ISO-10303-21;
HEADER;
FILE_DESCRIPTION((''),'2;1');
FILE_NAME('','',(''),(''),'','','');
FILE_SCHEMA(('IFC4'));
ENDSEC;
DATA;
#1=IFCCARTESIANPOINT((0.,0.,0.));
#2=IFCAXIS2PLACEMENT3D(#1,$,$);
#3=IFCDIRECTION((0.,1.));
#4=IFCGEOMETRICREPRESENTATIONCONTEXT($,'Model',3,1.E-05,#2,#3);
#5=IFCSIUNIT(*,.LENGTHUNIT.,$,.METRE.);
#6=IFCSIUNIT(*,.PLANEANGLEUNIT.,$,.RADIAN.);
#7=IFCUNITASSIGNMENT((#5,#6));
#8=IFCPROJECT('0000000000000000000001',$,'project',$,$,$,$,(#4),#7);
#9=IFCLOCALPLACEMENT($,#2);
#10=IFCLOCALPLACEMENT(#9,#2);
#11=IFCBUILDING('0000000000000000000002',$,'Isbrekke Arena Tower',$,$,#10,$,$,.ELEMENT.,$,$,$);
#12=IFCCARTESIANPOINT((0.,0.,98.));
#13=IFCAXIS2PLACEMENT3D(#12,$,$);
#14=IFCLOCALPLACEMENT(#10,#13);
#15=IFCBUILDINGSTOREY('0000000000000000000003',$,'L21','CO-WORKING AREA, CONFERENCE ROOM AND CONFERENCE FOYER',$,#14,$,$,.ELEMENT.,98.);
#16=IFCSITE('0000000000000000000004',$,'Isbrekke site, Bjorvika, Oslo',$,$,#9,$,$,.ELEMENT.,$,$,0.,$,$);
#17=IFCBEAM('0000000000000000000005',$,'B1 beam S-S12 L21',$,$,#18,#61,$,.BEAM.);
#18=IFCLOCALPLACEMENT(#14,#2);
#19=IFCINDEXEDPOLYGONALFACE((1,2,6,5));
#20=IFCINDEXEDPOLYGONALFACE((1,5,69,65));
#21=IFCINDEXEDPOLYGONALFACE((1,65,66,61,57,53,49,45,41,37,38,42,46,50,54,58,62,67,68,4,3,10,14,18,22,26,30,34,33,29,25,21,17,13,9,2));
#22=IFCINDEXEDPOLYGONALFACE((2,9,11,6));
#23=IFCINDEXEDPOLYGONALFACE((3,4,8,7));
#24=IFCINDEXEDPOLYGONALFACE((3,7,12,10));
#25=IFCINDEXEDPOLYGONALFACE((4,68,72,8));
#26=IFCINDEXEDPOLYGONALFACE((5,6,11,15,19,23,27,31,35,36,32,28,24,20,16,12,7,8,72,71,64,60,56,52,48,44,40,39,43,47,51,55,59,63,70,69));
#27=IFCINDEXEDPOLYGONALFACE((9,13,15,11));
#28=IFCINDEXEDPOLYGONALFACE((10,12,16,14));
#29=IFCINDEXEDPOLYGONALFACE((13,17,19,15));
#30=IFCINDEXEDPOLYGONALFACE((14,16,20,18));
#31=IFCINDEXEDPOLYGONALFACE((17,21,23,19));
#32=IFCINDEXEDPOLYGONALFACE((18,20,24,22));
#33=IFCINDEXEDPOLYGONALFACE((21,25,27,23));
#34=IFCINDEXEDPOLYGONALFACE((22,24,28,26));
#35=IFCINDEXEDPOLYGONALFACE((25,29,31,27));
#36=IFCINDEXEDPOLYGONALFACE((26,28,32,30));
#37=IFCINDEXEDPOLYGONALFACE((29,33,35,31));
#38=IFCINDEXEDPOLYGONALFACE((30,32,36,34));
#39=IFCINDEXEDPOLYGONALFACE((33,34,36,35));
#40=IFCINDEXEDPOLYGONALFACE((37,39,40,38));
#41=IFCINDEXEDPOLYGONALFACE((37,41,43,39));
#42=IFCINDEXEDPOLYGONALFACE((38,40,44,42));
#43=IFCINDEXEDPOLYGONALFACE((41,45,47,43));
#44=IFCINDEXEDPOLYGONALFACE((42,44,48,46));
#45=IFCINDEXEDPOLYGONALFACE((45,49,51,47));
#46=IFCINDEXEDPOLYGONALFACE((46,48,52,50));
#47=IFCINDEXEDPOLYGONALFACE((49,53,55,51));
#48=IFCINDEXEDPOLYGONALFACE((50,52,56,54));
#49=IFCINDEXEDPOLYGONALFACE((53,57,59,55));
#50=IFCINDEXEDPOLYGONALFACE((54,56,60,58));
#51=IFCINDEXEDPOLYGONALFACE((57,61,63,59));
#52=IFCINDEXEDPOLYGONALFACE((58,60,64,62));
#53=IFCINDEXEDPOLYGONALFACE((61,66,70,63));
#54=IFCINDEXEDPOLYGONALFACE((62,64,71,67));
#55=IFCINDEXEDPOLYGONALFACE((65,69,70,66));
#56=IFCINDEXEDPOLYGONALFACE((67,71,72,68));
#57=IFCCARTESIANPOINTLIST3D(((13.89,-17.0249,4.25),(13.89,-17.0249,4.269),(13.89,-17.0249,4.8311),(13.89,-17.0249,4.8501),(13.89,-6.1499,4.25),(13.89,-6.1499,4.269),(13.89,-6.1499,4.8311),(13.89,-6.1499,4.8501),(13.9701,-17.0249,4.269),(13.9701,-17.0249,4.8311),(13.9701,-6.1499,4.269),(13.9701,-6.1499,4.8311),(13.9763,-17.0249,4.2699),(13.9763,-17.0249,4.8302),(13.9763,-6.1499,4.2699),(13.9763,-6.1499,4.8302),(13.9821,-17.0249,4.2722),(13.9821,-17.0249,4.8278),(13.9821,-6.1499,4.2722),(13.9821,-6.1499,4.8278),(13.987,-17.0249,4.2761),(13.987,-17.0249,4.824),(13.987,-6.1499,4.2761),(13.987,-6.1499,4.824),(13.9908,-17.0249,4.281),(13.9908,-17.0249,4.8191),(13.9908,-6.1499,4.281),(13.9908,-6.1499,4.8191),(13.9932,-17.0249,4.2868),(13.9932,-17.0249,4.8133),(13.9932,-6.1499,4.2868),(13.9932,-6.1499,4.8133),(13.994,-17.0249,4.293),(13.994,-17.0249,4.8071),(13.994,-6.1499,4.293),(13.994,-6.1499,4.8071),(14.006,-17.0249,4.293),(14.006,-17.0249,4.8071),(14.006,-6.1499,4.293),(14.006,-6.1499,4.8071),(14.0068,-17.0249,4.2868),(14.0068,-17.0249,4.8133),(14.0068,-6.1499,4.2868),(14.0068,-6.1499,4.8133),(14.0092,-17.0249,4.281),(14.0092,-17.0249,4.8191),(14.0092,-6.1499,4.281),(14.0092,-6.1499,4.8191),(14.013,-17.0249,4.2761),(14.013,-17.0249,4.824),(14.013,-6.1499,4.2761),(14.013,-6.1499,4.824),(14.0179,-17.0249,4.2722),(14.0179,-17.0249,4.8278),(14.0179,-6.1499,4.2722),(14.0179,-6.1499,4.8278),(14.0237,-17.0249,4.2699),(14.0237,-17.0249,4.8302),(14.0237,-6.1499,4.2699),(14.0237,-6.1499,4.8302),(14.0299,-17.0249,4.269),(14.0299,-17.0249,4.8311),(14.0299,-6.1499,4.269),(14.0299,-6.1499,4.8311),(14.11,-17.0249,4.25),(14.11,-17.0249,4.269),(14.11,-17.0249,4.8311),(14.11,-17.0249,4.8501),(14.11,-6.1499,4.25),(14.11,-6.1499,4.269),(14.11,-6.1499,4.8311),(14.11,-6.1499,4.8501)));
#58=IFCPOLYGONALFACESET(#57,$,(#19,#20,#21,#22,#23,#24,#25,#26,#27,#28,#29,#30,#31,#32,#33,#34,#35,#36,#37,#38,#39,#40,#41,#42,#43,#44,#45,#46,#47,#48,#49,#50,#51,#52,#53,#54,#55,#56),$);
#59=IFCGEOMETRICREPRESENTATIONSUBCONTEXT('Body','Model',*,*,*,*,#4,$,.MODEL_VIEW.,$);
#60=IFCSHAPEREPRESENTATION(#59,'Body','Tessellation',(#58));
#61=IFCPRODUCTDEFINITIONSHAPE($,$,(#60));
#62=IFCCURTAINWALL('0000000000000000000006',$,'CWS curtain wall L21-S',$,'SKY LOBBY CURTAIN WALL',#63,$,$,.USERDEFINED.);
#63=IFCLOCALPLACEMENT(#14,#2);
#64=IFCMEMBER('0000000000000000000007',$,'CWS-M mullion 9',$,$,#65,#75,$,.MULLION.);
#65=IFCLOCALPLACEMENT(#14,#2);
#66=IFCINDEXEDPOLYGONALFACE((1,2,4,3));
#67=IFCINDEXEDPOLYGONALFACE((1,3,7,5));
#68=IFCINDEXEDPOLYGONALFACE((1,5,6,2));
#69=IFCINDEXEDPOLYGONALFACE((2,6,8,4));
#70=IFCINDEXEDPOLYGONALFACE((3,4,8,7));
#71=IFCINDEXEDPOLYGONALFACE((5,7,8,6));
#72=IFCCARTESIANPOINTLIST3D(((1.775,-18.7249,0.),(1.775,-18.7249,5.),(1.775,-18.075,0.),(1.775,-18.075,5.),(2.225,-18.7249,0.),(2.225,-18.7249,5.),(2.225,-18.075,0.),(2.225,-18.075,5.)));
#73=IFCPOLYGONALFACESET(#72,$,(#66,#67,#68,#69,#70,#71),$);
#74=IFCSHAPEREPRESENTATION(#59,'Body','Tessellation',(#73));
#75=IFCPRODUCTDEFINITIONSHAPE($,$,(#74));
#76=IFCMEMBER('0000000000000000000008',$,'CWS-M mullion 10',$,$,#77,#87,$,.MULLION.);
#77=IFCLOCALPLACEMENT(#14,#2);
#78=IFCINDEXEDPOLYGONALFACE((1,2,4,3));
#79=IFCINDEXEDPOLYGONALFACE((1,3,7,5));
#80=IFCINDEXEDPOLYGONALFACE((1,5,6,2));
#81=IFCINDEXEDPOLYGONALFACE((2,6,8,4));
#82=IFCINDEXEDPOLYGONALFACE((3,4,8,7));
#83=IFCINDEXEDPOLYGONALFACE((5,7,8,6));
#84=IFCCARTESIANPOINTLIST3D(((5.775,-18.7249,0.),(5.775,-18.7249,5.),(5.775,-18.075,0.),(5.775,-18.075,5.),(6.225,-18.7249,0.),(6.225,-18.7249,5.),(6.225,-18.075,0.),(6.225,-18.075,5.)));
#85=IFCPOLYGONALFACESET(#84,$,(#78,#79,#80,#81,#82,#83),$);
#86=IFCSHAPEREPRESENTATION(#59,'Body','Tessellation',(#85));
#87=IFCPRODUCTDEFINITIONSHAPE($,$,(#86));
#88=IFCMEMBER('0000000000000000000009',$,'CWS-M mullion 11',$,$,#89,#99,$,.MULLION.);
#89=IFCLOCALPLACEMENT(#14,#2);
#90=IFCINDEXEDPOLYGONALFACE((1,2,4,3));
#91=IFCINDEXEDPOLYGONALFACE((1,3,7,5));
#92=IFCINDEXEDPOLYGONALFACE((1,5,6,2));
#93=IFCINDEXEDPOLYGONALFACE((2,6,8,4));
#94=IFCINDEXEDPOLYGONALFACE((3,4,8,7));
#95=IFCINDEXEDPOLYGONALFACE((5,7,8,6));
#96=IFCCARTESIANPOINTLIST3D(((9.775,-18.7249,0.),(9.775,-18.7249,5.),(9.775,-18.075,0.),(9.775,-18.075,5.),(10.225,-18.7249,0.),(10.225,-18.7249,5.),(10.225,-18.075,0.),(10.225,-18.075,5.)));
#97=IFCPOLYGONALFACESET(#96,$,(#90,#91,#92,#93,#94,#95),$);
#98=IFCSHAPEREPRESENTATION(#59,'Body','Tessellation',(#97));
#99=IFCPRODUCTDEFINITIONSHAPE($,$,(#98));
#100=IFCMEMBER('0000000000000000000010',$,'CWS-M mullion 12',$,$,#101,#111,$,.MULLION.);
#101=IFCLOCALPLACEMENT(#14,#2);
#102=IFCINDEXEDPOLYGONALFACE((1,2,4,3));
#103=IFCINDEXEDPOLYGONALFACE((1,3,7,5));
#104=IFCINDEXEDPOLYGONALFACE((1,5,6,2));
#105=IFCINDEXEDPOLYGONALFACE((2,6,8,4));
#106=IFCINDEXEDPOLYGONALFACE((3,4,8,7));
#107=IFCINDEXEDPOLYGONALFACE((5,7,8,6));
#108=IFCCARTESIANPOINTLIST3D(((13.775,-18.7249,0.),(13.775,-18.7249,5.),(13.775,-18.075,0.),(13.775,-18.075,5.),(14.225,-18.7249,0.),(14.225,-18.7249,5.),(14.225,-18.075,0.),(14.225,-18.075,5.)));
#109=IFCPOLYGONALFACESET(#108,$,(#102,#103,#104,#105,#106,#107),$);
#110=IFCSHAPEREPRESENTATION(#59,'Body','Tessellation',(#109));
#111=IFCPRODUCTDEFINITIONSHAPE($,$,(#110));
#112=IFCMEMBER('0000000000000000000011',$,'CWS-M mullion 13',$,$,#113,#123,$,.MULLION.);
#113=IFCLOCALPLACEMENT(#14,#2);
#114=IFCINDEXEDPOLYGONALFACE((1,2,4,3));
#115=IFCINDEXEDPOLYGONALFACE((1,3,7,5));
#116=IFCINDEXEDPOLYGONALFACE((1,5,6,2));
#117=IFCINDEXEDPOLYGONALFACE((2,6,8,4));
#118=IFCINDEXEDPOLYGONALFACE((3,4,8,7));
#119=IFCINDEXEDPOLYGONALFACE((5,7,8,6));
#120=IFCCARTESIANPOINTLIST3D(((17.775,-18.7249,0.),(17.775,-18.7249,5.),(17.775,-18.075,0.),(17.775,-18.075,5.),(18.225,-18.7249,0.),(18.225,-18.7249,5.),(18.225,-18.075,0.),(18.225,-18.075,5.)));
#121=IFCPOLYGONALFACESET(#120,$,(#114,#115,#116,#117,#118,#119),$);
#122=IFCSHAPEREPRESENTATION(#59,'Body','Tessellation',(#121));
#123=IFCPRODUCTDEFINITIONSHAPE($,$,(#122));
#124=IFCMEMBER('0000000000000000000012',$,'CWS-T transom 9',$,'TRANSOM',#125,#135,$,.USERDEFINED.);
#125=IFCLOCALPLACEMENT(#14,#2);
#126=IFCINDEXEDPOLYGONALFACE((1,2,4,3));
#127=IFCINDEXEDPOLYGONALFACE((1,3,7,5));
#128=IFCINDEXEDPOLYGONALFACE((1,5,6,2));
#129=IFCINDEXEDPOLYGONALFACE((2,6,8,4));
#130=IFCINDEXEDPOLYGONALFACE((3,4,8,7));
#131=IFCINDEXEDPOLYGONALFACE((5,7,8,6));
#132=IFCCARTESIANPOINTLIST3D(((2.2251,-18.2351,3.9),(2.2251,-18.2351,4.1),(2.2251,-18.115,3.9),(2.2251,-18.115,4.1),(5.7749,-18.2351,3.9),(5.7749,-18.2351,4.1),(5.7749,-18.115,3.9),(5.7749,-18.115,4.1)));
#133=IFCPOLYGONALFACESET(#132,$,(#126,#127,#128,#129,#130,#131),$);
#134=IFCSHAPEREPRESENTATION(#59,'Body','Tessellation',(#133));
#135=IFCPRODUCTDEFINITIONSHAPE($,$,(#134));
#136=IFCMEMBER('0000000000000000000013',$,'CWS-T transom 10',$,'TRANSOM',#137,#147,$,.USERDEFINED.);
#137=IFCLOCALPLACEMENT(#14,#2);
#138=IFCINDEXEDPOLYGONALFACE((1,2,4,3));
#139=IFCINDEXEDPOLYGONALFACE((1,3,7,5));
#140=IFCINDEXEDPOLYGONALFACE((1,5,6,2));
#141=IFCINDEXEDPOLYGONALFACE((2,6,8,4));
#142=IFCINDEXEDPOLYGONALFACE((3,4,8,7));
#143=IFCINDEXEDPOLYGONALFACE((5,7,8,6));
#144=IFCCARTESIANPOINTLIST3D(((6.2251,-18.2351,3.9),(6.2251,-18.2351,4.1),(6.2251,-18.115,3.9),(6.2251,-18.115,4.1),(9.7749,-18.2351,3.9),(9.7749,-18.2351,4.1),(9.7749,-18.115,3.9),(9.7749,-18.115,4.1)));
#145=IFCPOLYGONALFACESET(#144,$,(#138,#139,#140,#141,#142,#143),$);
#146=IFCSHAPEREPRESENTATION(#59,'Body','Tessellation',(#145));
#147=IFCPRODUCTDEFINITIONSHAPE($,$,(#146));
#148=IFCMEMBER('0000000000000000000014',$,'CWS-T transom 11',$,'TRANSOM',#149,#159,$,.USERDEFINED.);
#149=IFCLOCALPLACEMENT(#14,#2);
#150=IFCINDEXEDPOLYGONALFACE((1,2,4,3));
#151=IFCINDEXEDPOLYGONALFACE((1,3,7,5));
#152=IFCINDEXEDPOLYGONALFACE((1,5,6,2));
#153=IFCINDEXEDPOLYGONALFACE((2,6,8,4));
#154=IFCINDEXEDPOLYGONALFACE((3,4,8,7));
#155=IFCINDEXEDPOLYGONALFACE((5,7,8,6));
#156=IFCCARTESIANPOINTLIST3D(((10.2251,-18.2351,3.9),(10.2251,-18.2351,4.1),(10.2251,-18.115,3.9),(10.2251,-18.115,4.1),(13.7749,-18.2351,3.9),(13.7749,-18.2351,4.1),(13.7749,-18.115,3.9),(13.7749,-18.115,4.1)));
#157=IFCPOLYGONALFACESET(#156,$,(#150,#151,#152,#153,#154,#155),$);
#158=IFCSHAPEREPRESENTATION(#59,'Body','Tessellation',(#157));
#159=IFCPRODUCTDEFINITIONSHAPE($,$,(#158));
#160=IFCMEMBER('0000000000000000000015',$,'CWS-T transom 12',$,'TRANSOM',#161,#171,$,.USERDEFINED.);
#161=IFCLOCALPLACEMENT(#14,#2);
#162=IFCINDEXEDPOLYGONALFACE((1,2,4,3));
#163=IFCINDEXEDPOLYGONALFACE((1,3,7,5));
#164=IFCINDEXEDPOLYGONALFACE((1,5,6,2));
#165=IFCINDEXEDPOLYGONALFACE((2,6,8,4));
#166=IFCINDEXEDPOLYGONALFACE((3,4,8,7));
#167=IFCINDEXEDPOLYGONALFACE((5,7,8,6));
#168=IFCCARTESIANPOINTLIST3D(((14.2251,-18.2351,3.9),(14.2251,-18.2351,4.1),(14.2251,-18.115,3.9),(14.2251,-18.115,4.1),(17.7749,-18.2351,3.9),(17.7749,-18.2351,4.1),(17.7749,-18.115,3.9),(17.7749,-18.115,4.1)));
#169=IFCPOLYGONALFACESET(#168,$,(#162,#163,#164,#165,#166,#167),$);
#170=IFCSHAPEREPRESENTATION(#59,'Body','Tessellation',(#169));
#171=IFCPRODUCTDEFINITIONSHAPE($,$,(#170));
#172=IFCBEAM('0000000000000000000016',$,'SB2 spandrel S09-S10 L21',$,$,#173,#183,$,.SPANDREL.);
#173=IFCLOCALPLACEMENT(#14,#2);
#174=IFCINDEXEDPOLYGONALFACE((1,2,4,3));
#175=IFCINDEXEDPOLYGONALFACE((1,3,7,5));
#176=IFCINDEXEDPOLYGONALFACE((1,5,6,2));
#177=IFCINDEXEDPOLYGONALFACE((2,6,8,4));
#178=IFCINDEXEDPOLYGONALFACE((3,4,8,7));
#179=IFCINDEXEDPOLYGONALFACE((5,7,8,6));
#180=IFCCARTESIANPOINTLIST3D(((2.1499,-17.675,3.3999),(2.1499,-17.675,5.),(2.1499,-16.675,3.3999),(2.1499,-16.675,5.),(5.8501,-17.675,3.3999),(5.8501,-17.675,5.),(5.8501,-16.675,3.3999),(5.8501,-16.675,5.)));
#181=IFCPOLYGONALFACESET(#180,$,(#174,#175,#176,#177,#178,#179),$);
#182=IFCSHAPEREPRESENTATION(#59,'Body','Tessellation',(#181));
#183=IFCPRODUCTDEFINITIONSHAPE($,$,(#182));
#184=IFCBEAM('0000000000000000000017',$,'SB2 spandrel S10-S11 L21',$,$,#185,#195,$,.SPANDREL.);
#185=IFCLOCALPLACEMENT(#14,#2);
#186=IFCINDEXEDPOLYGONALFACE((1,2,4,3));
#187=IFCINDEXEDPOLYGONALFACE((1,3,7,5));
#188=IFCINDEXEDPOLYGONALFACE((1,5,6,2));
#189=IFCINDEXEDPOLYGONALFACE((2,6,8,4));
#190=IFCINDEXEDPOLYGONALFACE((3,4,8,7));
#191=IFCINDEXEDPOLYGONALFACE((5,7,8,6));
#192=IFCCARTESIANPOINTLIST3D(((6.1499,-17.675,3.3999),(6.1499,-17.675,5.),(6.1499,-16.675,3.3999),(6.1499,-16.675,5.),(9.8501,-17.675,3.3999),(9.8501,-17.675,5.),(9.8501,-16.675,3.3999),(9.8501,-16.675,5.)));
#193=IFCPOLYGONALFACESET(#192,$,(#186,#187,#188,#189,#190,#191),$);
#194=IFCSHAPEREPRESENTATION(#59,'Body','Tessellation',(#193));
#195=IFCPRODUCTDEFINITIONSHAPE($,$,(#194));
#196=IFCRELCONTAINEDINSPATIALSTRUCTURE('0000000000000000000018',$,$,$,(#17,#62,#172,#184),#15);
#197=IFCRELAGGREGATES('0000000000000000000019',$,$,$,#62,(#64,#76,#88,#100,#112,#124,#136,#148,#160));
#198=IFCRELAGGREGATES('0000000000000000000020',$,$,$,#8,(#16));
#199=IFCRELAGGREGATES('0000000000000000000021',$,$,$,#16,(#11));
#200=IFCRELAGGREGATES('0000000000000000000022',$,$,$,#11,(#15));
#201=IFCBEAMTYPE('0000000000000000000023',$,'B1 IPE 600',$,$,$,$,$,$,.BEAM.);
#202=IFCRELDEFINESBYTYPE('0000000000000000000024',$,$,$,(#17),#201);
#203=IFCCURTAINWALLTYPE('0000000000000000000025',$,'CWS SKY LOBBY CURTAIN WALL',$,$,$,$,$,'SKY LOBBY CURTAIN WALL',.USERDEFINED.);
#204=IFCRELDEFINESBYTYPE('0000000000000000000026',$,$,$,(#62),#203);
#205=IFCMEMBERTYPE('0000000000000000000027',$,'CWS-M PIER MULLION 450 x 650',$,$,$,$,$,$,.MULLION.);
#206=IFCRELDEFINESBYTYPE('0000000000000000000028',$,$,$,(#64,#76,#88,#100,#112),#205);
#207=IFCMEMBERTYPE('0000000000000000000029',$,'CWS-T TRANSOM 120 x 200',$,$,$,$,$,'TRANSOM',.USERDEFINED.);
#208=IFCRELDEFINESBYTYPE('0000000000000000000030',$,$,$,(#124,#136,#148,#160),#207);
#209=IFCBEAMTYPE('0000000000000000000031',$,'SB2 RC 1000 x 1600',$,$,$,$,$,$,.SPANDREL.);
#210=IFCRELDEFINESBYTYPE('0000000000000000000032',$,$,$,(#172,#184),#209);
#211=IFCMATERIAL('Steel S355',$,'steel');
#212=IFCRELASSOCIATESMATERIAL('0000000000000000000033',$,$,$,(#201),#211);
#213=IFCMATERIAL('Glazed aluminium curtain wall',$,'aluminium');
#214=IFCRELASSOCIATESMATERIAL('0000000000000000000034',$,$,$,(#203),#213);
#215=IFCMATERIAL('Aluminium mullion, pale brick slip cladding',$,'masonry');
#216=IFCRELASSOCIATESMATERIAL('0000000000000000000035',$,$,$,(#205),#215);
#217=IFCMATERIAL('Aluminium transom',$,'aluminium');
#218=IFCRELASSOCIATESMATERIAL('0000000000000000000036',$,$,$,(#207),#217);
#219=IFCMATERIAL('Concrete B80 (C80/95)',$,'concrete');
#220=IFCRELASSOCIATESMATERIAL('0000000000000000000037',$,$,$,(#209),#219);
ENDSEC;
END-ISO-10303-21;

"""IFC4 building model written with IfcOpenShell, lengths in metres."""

from ifc_helpers import new_model, si_unit, direction, frame, origin, origin_2d, place, context, subcontext, project, spatial, rectangle, i_section, extrude, material, material_profile, profile_set, type_object, element, aggregate, save


model = new_model("IFC4")

# Units and contexts
model_context = context("Model", 3, precision=1e-05, world=origin(), true_north=direction((0.0, 1.0)))
body_context = subcontext(model_context, "Body", "Model", "MODEL_VIEW")
ifc_project = project(units=[si_unit("LENGTHUNIT", "METRE"), si_unit("PLANEANGLEUNIT", "RADIAN")], contexts=[model_context])

# Site, building, storey
site_placement = place(None, origin())
site = spatial("IfcSite", under=ifc_project, at=site_placement, Name="Isbrekke site, Bjorvika, Oslo", CompositionType="ELEMENT", RefElevation=0.0)
building_placement = place(site_placement, origin())
building = spatial("IfcBuilding", under=site, at=building_placement, Name="Isbrekke Arena Tower", CompositionType="ELEMENT")
storey_placement = place(building_placement, frame((0.0, 0.0, 98.0)))
storey = spatial("IfcBuildingStorey", under=building, at=storey_placement, Name="L21", Description="CO-WORKING AREA, CONFERENCE ROOM AND CONFERENCE FOYER", CompositionType="ELEMENT", Elevation=98.0)

# Beam
ifc_material_1 = material(Name="Steel S355", Category="steel")
ifc_material_profile_1 = material_profile(ifc_material_1, i_section(OverallWidth=0.22, OverallDepth=0.6001, WebThickness=0.012, FlangeThickness=0.019, FilletRadius=0.0239, at=origin_2d()), Name="IPE 600")
ifc_profile_set_1 = profile_set([ifc_material_profile_1], Name="Steel S355")
beam_type_1 = type_object("IfcBeamType", Name="B1 IPE 600", PredefinedType="BEAM", material=ifc_profile_set_1)
beam_placement = place(storey_placement, frame((14.0, -17.0249, 4.55), z_axis=(0.0, 1.0, 0.0), x_axis=(-1.0, 0.0, 0.0)))
element("IfcBeam", 1, at=beam_placement, inside=storey, type_object=beam_type_1, Name="B1 beam S-S12 L21", PredefinedType="BEAM", context=body_context, shape_type="SweptSolid", body=[
    extrude(i_section(OverallWidth=0.22, OverallDepth=0.6001, WebThickness=0.012, FlangeThickness=0.019, FilletRadius=0.0239, at=origin_2d()), origin(), (0.0, 0.0, 1.0), 10.875),
])

# Curtain wall, members
ifc_material_2 = material(Name="Glazed aluminium curtain wall", Category="aluminium")
curtain_wall_type = type_object("IfcCurtainWallType", Name="CWS SKY LOBBY CURTAIN WALL", ElementType="SKY LOBBY CURTAIN WALL", PredefinedType="USERDEFINED", material=ifc_material_2)
curtain_wall_placement = place(storey_placement, origin())
curtain_wall = element("IfcCurtainWall", 2, at=curtain_wall_placement, inside=storey, type_object=curtain_wall_type, Name="CWS curtain wall L21-S", ObjectType="SKY LOBBY CURTAIN WALL", PredefinedType="USERDEFINED")
ifc_material_3 = material(Name="Aluminium mullion, pale brick slip cladding", Category="masonry")
ifc_material_profile_2 = material_profile(ifc_material_3, rectangle(XDim=0.45, YDim=0.6499, at=origin_2d()), Name="PIER 450X650")
ifc_profile_set_2 = profile_set([ifc_material_profile_2], Name="Aluminium mullion, pale brick slip cladding")
member_type_1 = type_object("IfcMemberType", Name="CWS-M PIER MULLION 450 x 650", PredefinedType="MULLION", material=ifc_profile_set_2)
member_1_placement = place(storey_placement, frame((2.0, -18.3999, 0.0), z_axis=(0.0, 0.0, 1.0), x_axis=(1.0, 0.0, 0.0)))
member_1 = element("IfcMember", 3, at=member_1_placement, type_object=member_type_1, Name="CWS-M mullion 9", PredefinedType="MULLION", context=body_context, shape_type="SweptSolid", body=[
    extrude(rectangle(XDim=0.45, YDim=0.6499, at=origin_2d()), origin(), (0.0, 0.0, 1.0), 5.0),
])
member_2_placement = place(storey_placement, frame((6.0, -18.3999, 0.0), z_axis=(0.0, 0.0, 1.0), x_axis=(1.0, 0.0, 0.0)))
member_2 = element("IfcMember", 4, at=member_2_placement, type_object=member_type_1, Name="CWS-M mullion 10", PredefinedType="MULLION", context=body_context, shape_type="SweptSolid", body=[
    extrude(rectangle(XDim=0.45, YDim=0.6499, at=origin_2d()), origin(), (0.0, 0.0, 1.0), 5.0),
])
member_3_placement = place(storey_placement, frame((10.0, -18.3999, 0.0), z_axis=(0.0, 0.0, 1.0), x_axis=(1.0, 0.0, 0.0)))
member_3 = element("IfcMember", 5, at=member_3_placement, type_object=member_type_1, Name="CWS-M mullion 11", PredefinedType="MULLION", context=body_context, shape_type="SweptSolid", body=[
    extrude(rectangle(XDim=0.45, YDim=0.6499, at=origin_2d()), origin(), (0.0, 0.0, 1.0), 5.0),
])
member_4_placement = place(storey_placement, frame((14.0, -18.3999, 0.0), z_axis=(0.0, 0.0, 1.0), x_axis=(1.0, 0.0, 0.0)))
member_4 = element("IfcMember", 6, at=member_4_placement, type_object=member_type_1, Name="CWS-M mullion 12", PredefinedType="MULLION", context=body_context, shape_type="SweptSolid", body=[
    extrude(rectangle(XDim=0.45, YDim=0.6499, at=origin_2d()), origin(), (0.0, 0.0, 1.0), 5.0),
])
member_5_placement = place(storey_placement, frame((18.0, -18.3999, 0.0), z_axis=(0.0, 0.0, 1.0), x_axis=(1.0, 0.0, 0.0)))
member_5 = element("IfcMember", 7, at=member_5_placement, type_object=member_type_1, Name="CWS-M mullion 13", PredefinedType="MULLION", context=body_context, shape_type="SweptSolid", body=[
    extrude(rectangle(XDim=0.45, YDim=0.6499, at=origin_2d()), origin(), (0.0, 0.0, 1.0), 5.0),
])
ifc_material_4 = material(Name="Aluminium transom", Category="aluminium")
ifc_material_profile_3 = material_profile(ifc_material_4, rectangle(XDim=0.1201, YDim=0.2, at=origin_2d()), Name="TRANSOM 120X200")
ifc_profile_set_3 = profile_set([ifc_material_profile_3], Name="Aluminium transom")
member_type_2 = type_object("IfcMemberType", Name="CWS-T TRANSOM 120 x 200", ElementType="TRANSOM", PredefinedType="USERDEFINED", material=ifc_profile_set_3)
member_6_placement = place(storey_placement, frame((2.2251, -18.175, 4.0), z_axis=(1.0, 0.0, 0.0), x_axis=(0.0, 1.0, 0.0)))
member_6 = element("IfcMember", 8, at=member_6_placement, type_object=member_type_2, Name="CWS-T transom 9", ObjectType="TRANSOM", PredefinedType="USERDEFINED", context=body_context, shape_type="SweptSolid", body=[
    extrude(rectangle(XDim=0.1201, YDim=0.2, at=origin_2d()), origin(), (0.0, 0.0, 1.0), 3.5498),
])
member_7_placement = place(storey_placement, frame((6.2251, -18.175, 4.0), z_axis=(1.0, 0.0, 0.0), x_axis=(0.0, 1.0, 0.0)))
member_7 = element("IfcMember", 9, at=member_7_placement, type_object=member_type_2, Name="CWS-T transom 10", ObjectType="TRANSOM", PredefinedType="USERDEFINED", context=body_context, shape_type="SweptSolid", body=[
    extrude(rectangle(XDim=0.1201, YDim=0.2, at=origin_2d()), origin(), (0.0, 0.0, 1.0), 3.5498),
])
member_8_placement = place(storey_placement, frame((10.2251, -18.175, 4.0), z_axis=(1.0, 0.0, 0.0), x_axis=(0.0, 1.0, 0.0)))
member_8 = element("IfcMember", 10, at=member_8_placement, type_object=member_type_2, Name="CWS-T transom 11", ObjectType="TRANSOM", PredefinedType="USERDEFINED", context=body_context, shape_type="SweptSolid", body=[
    extrude(rectangle(XDim=0.1201, YDim=0.2, at=origin_2d()), origin(), (0.0, 0.0, 1.0), 3.5498),
])
member_9_placement = place(storey_placement, frame((14.2251, -18.175, 4.0), z_axis=(1.0, 0.0, 0.0), x_axis=(0.0, 1.0, 0.0)))
member_9 = element("IfcMember", 11, at=member_9_placement, type_object=member_type_2, Name="CWS-T transom 12", ObjectType="TRANSOM", PredefinedType="USERDEFINED", context=body_context, shape_type="SweptSolid", body=[
    extrude(rectangle(XDim=0.1201, YDim=0.2, at=origin_2d()), origin(), (0.0, 0.0, 1.0), 3.5498),
])

# Beams
ifc_material_5 = material(Name="Concrete B80 (C80/95)", Category="concrete")
ifc_material_profile_4 = material_profile(ifc_material_5, rectangle(XDim=1.0, YDim=1.6001, at=origin_2d()), Name="RC 1000x1600")
ifc_profile_set_4 = profile_set([ifc_material_profile_4], Name="Concrete B80 (C80/95)")
beam_type_2 = type_object("IfcBeamType", Name="SB2 RC 1000 x 1600", PredefinedType="SPANDREL", material=ifc_profile_set_4)
for number, where, z_axis, x_axis, name in (
    (12, (2.1499, -17.175, 4.2), (1.0, 0.0, 0.0), (0.0, 1.0, 0.0), "SB2 spandrel S09-S10 L21"),
    (13, (6.1499, -17.175, 4.2), (1.0, 0.0, 0.0), (0.0, 1.0, 0.0), "SB2 spandrel S10-S11 L21"),
):
    element("IfcBeam", number, at=place(storey_placement, frame(where, z_axis=z_axis, x_axis=x_axis)), inside=storey, type_object=beam_type_2, Name=name, PredefinedType="SPANDREL", context=body_context, shape_type="SweptSolid", body=[
        extrude(rectangle(XDim=1.0, YDim=1.6001, at=origin_2d()), origin(), (0.0, 0.0, 1.0), 3.7002),
    ])

aggregate(curtain_wall, [member_1, member_2, member_3, member_4, member_5, member_6, member_7, member_8, member_9])

save(model, "model.ifc")
